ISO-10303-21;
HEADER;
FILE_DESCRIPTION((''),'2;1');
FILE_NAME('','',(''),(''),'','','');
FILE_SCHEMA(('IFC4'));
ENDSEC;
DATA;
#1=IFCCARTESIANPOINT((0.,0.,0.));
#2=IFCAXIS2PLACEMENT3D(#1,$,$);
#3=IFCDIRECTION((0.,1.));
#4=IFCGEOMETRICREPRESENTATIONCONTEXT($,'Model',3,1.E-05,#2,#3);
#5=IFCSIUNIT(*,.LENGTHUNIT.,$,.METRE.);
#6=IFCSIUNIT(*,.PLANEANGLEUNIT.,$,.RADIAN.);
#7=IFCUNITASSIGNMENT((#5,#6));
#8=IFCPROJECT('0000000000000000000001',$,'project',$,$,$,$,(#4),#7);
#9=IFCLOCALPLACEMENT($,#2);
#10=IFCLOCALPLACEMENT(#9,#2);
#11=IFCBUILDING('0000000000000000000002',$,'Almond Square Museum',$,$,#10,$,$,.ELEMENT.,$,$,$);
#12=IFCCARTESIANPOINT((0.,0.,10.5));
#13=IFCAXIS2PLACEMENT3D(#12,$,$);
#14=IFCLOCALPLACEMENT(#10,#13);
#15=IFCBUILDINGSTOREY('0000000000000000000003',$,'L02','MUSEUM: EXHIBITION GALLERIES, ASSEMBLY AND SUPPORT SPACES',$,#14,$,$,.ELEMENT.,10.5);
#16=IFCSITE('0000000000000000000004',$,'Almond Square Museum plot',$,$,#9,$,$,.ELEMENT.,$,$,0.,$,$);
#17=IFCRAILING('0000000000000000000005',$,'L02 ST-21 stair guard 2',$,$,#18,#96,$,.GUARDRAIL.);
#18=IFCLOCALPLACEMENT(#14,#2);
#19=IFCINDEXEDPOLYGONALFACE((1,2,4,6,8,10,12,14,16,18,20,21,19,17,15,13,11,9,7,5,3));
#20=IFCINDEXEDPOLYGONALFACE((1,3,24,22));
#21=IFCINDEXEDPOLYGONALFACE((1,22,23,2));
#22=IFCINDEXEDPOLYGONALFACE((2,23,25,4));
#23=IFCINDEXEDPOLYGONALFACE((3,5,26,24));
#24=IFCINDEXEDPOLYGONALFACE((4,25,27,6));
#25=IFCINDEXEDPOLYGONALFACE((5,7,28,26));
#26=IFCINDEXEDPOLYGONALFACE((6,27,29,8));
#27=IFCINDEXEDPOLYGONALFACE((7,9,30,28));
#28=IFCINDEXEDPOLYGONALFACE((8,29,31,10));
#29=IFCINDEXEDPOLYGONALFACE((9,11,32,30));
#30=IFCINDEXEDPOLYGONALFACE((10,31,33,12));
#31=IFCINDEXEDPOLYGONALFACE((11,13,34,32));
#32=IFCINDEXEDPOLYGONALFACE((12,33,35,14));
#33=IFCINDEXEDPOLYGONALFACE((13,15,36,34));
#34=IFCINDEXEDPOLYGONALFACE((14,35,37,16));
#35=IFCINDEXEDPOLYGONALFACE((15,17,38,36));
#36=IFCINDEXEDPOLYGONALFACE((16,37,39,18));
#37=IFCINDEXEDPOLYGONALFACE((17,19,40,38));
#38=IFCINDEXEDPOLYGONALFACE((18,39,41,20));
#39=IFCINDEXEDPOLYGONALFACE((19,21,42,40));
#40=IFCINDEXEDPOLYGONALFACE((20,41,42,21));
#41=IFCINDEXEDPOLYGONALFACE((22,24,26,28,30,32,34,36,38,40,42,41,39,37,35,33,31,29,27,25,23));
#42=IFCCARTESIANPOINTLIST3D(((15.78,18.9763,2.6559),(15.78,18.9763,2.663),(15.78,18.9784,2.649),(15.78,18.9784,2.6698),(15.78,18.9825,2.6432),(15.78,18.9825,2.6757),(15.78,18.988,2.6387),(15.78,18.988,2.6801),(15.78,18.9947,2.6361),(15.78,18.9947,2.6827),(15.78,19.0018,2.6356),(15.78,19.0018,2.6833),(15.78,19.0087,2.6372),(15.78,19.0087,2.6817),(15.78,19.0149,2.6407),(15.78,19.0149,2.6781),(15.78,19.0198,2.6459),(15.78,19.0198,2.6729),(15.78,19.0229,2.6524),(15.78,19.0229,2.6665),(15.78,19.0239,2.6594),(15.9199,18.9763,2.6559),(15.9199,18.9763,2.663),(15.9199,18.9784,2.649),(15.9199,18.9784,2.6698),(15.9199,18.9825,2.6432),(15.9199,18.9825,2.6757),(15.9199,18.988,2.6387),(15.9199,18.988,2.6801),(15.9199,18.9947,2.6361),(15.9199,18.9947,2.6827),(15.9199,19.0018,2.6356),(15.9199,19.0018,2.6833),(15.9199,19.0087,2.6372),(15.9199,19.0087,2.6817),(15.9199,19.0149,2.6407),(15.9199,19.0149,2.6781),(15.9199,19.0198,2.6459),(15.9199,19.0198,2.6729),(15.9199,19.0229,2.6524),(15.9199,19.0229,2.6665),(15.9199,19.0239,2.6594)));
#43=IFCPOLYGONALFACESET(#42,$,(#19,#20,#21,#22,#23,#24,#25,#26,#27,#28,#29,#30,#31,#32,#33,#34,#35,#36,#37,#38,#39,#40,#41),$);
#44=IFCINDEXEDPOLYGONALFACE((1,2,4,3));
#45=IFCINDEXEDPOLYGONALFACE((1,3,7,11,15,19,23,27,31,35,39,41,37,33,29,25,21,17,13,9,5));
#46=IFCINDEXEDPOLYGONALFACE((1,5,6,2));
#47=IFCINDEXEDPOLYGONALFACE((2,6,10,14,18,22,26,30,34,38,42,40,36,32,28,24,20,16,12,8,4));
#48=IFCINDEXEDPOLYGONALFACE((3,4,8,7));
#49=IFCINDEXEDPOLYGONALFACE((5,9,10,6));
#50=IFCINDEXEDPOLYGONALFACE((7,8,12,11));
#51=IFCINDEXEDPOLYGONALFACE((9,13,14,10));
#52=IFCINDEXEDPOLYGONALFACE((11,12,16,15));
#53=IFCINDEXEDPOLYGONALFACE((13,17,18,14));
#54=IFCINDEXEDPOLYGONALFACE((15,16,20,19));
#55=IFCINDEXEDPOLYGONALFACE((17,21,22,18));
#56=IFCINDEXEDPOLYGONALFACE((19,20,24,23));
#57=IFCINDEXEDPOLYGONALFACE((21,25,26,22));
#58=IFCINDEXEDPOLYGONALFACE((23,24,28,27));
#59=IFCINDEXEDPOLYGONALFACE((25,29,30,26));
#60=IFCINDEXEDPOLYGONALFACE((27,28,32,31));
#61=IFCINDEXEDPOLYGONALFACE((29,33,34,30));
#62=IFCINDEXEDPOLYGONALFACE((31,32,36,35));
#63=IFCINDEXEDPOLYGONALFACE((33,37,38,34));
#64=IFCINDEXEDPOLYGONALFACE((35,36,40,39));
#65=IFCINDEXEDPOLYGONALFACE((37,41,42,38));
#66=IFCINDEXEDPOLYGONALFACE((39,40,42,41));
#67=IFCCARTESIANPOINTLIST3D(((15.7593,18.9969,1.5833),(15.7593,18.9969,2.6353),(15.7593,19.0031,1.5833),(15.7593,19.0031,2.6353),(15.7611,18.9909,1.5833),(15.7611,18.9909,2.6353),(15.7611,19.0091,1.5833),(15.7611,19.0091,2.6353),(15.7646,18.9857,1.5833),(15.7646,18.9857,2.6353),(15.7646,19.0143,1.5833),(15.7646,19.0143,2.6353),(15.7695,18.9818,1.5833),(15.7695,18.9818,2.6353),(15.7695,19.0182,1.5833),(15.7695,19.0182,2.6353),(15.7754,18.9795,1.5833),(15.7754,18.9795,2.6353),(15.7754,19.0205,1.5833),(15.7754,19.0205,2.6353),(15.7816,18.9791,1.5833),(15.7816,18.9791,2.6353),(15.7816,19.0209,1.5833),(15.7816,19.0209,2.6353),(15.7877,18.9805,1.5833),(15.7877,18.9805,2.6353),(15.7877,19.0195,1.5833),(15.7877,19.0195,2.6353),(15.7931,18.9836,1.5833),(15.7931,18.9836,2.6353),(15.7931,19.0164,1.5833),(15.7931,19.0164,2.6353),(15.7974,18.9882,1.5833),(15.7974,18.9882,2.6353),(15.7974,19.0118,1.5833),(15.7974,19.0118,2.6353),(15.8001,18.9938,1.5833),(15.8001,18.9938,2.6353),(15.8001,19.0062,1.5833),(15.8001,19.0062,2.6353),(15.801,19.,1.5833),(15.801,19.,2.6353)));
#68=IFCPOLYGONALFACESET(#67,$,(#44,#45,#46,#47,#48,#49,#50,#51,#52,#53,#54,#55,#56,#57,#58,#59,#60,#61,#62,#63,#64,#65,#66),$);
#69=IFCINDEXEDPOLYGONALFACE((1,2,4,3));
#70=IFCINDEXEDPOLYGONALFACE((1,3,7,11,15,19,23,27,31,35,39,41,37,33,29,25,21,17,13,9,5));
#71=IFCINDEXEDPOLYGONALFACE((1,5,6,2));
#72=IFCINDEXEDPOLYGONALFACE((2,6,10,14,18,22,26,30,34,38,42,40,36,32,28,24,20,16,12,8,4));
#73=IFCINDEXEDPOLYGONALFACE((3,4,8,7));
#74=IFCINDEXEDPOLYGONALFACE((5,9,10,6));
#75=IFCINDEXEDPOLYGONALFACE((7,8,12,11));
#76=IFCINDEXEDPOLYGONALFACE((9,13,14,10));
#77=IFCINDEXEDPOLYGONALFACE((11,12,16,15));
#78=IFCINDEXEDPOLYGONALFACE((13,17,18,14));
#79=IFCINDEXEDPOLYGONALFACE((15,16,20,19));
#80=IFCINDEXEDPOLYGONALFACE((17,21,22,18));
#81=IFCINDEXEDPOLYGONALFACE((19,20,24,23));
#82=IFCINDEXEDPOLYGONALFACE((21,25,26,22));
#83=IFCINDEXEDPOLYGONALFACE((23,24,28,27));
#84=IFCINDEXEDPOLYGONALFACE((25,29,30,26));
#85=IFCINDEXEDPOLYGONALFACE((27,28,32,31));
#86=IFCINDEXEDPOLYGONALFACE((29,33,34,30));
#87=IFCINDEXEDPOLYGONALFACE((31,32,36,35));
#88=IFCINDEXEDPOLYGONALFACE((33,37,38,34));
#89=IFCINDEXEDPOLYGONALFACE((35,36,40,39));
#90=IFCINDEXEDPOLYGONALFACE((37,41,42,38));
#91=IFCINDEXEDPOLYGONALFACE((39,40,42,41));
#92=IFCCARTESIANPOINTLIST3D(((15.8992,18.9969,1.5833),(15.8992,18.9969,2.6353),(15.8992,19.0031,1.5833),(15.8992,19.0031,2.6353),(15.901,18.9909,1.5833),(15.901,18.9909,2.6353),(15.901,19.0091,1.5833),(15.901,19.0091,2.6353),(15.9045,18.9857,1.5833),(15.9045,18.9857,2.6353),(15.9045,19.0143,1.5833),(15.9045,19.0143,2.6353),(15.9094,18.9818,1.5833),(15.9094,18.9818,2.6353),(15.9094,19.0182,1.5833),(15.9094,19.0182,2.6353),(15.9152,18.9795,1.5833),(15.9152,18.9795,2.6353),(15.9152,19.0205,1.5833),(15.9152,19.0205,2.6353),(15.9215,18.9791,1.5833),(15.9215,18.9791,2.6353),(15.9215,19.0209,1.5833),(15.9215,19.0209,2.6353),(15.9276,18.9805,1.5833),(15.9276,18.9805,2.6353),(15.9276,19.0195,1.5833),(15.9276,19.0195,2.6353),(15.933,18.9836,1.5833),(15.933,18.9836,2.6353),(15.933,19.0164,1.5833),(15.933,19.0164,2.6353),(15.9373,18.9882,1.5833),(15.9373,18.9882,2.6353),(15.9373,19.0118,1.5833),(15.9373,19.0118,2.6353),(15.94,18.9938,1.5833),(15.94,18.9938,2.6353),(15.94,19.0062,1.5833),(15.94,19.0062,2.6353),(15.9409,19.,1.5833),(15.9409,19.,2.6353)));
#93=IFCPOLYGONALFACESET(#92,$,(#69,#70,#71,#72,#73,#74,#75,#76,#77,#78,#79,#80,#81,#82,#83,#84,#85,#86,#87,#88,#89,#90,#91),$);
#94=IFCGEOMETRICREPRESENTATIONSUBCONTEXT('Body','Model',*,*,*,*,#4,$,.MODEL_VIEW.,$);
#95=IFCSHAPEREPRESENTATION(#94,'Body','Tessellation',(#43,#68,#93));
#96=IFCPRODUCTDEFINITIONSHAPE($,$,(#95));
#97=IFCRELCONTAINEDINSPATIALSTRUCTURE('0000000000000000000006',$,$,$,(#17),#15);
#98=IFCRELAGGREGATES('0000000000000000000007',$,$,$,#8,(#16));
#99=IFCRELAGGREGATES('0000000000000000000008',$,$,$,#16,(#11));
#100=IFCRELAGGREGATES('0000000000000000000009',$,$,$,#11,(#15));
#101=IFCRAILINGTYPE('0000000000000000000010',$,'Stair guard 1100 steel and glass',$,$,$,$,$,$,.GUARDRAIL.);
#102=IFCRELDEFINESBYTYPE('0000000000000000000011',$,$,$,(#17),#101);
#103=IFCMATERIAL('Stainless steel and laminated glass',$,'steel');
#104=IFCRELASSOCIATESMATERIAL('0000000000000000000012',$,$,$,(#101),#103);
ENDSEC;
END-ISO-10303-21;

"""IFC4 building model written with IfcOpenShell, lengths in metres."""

from ifc_helpers import new_model, si_unit, direction, frame, origin, origin_2d, place, context, subcontext, project, spatial, circle, extrude, material, type_object, element, save


model = new_model("IFC4")

# Units and contexts
model_context = context("Model", 3, precision=1e-05, world=origin(), true_north=direction((0.0, 1.0)))
body_context = subcontext(model_context, "Body", "Model", "MODEL_VIEW")
ifc_project = project(units=[si_unit("LENGTHUNIT", "METRE"), si_unit("PLANEANGLEUNIT", "RADIAN")], contexts=[model_context])

# Site, building, storey
site_placement = place(None, origin())
site = spatial("IfcSite", under=ifc_project, at=site_placement, Name="Almond Square Museum plot", CompositionType="ELEMENT", RefElevation=0.0)
building_placement = place(site_placement, origin())
building = spatial("IfcBuilding", under=site, at=building_placement, Name="Almond Square Museum", CompositionType="ELEMENT")
storey_placement = place(building_placement, frame((0.0, 0.0, 10.5)))
storey = spatial("IfcBuildingStorey", under=building, at=storey_placement, Name="L02", Description="MUSEUM: EXHIBITION GALLERIES, ASSEMBLY AND SUPPORT SPACES", CompositionType="ELEMENT", Elevation=10.5)

# Railing
ifc_material_1 = material(Name="Stainless steel and laminated glass", Category="steel")
railing_type_1 = type_object("IfcRailingType", Name="Stair guard 1100 steel and glass", PredefinedType="GUARDRAIL", material=ifc_material_1)
railing_1_placement = place(storey_placement, frame((15.78, 19.0, 1.5833)))
element("IfcRailing", 1, at=railing_1_placement, inside=storey, type_object=railing_type_1, Name="L02 ST-21 stair guard 2", PredefinedType="GUARDRAIL", context=body_context, shape_type="SweptSolid", body=[
    extrude(circle(Radius=0.0239, at=origin_2d()), frame((0.0, 0.0, 1.0762), z_axis=(1.0, 0.0, 0.0), x_axis=(0.0, 1.0, 0.0)), (0.0, 0.0, 1.0), 0.1399),
    extrude(circle(Radius=0.021, at=origin_2d()), origin(), (0.0, 0.0, 1.0), 1.052),
    extrude(circle(Radius=0.021, at=origin_2d()), frame((0.1399, 0.0, 0.0)), (0.0, 0.0, 1.0), 1.052),
])

save(model, "model.ifc")
